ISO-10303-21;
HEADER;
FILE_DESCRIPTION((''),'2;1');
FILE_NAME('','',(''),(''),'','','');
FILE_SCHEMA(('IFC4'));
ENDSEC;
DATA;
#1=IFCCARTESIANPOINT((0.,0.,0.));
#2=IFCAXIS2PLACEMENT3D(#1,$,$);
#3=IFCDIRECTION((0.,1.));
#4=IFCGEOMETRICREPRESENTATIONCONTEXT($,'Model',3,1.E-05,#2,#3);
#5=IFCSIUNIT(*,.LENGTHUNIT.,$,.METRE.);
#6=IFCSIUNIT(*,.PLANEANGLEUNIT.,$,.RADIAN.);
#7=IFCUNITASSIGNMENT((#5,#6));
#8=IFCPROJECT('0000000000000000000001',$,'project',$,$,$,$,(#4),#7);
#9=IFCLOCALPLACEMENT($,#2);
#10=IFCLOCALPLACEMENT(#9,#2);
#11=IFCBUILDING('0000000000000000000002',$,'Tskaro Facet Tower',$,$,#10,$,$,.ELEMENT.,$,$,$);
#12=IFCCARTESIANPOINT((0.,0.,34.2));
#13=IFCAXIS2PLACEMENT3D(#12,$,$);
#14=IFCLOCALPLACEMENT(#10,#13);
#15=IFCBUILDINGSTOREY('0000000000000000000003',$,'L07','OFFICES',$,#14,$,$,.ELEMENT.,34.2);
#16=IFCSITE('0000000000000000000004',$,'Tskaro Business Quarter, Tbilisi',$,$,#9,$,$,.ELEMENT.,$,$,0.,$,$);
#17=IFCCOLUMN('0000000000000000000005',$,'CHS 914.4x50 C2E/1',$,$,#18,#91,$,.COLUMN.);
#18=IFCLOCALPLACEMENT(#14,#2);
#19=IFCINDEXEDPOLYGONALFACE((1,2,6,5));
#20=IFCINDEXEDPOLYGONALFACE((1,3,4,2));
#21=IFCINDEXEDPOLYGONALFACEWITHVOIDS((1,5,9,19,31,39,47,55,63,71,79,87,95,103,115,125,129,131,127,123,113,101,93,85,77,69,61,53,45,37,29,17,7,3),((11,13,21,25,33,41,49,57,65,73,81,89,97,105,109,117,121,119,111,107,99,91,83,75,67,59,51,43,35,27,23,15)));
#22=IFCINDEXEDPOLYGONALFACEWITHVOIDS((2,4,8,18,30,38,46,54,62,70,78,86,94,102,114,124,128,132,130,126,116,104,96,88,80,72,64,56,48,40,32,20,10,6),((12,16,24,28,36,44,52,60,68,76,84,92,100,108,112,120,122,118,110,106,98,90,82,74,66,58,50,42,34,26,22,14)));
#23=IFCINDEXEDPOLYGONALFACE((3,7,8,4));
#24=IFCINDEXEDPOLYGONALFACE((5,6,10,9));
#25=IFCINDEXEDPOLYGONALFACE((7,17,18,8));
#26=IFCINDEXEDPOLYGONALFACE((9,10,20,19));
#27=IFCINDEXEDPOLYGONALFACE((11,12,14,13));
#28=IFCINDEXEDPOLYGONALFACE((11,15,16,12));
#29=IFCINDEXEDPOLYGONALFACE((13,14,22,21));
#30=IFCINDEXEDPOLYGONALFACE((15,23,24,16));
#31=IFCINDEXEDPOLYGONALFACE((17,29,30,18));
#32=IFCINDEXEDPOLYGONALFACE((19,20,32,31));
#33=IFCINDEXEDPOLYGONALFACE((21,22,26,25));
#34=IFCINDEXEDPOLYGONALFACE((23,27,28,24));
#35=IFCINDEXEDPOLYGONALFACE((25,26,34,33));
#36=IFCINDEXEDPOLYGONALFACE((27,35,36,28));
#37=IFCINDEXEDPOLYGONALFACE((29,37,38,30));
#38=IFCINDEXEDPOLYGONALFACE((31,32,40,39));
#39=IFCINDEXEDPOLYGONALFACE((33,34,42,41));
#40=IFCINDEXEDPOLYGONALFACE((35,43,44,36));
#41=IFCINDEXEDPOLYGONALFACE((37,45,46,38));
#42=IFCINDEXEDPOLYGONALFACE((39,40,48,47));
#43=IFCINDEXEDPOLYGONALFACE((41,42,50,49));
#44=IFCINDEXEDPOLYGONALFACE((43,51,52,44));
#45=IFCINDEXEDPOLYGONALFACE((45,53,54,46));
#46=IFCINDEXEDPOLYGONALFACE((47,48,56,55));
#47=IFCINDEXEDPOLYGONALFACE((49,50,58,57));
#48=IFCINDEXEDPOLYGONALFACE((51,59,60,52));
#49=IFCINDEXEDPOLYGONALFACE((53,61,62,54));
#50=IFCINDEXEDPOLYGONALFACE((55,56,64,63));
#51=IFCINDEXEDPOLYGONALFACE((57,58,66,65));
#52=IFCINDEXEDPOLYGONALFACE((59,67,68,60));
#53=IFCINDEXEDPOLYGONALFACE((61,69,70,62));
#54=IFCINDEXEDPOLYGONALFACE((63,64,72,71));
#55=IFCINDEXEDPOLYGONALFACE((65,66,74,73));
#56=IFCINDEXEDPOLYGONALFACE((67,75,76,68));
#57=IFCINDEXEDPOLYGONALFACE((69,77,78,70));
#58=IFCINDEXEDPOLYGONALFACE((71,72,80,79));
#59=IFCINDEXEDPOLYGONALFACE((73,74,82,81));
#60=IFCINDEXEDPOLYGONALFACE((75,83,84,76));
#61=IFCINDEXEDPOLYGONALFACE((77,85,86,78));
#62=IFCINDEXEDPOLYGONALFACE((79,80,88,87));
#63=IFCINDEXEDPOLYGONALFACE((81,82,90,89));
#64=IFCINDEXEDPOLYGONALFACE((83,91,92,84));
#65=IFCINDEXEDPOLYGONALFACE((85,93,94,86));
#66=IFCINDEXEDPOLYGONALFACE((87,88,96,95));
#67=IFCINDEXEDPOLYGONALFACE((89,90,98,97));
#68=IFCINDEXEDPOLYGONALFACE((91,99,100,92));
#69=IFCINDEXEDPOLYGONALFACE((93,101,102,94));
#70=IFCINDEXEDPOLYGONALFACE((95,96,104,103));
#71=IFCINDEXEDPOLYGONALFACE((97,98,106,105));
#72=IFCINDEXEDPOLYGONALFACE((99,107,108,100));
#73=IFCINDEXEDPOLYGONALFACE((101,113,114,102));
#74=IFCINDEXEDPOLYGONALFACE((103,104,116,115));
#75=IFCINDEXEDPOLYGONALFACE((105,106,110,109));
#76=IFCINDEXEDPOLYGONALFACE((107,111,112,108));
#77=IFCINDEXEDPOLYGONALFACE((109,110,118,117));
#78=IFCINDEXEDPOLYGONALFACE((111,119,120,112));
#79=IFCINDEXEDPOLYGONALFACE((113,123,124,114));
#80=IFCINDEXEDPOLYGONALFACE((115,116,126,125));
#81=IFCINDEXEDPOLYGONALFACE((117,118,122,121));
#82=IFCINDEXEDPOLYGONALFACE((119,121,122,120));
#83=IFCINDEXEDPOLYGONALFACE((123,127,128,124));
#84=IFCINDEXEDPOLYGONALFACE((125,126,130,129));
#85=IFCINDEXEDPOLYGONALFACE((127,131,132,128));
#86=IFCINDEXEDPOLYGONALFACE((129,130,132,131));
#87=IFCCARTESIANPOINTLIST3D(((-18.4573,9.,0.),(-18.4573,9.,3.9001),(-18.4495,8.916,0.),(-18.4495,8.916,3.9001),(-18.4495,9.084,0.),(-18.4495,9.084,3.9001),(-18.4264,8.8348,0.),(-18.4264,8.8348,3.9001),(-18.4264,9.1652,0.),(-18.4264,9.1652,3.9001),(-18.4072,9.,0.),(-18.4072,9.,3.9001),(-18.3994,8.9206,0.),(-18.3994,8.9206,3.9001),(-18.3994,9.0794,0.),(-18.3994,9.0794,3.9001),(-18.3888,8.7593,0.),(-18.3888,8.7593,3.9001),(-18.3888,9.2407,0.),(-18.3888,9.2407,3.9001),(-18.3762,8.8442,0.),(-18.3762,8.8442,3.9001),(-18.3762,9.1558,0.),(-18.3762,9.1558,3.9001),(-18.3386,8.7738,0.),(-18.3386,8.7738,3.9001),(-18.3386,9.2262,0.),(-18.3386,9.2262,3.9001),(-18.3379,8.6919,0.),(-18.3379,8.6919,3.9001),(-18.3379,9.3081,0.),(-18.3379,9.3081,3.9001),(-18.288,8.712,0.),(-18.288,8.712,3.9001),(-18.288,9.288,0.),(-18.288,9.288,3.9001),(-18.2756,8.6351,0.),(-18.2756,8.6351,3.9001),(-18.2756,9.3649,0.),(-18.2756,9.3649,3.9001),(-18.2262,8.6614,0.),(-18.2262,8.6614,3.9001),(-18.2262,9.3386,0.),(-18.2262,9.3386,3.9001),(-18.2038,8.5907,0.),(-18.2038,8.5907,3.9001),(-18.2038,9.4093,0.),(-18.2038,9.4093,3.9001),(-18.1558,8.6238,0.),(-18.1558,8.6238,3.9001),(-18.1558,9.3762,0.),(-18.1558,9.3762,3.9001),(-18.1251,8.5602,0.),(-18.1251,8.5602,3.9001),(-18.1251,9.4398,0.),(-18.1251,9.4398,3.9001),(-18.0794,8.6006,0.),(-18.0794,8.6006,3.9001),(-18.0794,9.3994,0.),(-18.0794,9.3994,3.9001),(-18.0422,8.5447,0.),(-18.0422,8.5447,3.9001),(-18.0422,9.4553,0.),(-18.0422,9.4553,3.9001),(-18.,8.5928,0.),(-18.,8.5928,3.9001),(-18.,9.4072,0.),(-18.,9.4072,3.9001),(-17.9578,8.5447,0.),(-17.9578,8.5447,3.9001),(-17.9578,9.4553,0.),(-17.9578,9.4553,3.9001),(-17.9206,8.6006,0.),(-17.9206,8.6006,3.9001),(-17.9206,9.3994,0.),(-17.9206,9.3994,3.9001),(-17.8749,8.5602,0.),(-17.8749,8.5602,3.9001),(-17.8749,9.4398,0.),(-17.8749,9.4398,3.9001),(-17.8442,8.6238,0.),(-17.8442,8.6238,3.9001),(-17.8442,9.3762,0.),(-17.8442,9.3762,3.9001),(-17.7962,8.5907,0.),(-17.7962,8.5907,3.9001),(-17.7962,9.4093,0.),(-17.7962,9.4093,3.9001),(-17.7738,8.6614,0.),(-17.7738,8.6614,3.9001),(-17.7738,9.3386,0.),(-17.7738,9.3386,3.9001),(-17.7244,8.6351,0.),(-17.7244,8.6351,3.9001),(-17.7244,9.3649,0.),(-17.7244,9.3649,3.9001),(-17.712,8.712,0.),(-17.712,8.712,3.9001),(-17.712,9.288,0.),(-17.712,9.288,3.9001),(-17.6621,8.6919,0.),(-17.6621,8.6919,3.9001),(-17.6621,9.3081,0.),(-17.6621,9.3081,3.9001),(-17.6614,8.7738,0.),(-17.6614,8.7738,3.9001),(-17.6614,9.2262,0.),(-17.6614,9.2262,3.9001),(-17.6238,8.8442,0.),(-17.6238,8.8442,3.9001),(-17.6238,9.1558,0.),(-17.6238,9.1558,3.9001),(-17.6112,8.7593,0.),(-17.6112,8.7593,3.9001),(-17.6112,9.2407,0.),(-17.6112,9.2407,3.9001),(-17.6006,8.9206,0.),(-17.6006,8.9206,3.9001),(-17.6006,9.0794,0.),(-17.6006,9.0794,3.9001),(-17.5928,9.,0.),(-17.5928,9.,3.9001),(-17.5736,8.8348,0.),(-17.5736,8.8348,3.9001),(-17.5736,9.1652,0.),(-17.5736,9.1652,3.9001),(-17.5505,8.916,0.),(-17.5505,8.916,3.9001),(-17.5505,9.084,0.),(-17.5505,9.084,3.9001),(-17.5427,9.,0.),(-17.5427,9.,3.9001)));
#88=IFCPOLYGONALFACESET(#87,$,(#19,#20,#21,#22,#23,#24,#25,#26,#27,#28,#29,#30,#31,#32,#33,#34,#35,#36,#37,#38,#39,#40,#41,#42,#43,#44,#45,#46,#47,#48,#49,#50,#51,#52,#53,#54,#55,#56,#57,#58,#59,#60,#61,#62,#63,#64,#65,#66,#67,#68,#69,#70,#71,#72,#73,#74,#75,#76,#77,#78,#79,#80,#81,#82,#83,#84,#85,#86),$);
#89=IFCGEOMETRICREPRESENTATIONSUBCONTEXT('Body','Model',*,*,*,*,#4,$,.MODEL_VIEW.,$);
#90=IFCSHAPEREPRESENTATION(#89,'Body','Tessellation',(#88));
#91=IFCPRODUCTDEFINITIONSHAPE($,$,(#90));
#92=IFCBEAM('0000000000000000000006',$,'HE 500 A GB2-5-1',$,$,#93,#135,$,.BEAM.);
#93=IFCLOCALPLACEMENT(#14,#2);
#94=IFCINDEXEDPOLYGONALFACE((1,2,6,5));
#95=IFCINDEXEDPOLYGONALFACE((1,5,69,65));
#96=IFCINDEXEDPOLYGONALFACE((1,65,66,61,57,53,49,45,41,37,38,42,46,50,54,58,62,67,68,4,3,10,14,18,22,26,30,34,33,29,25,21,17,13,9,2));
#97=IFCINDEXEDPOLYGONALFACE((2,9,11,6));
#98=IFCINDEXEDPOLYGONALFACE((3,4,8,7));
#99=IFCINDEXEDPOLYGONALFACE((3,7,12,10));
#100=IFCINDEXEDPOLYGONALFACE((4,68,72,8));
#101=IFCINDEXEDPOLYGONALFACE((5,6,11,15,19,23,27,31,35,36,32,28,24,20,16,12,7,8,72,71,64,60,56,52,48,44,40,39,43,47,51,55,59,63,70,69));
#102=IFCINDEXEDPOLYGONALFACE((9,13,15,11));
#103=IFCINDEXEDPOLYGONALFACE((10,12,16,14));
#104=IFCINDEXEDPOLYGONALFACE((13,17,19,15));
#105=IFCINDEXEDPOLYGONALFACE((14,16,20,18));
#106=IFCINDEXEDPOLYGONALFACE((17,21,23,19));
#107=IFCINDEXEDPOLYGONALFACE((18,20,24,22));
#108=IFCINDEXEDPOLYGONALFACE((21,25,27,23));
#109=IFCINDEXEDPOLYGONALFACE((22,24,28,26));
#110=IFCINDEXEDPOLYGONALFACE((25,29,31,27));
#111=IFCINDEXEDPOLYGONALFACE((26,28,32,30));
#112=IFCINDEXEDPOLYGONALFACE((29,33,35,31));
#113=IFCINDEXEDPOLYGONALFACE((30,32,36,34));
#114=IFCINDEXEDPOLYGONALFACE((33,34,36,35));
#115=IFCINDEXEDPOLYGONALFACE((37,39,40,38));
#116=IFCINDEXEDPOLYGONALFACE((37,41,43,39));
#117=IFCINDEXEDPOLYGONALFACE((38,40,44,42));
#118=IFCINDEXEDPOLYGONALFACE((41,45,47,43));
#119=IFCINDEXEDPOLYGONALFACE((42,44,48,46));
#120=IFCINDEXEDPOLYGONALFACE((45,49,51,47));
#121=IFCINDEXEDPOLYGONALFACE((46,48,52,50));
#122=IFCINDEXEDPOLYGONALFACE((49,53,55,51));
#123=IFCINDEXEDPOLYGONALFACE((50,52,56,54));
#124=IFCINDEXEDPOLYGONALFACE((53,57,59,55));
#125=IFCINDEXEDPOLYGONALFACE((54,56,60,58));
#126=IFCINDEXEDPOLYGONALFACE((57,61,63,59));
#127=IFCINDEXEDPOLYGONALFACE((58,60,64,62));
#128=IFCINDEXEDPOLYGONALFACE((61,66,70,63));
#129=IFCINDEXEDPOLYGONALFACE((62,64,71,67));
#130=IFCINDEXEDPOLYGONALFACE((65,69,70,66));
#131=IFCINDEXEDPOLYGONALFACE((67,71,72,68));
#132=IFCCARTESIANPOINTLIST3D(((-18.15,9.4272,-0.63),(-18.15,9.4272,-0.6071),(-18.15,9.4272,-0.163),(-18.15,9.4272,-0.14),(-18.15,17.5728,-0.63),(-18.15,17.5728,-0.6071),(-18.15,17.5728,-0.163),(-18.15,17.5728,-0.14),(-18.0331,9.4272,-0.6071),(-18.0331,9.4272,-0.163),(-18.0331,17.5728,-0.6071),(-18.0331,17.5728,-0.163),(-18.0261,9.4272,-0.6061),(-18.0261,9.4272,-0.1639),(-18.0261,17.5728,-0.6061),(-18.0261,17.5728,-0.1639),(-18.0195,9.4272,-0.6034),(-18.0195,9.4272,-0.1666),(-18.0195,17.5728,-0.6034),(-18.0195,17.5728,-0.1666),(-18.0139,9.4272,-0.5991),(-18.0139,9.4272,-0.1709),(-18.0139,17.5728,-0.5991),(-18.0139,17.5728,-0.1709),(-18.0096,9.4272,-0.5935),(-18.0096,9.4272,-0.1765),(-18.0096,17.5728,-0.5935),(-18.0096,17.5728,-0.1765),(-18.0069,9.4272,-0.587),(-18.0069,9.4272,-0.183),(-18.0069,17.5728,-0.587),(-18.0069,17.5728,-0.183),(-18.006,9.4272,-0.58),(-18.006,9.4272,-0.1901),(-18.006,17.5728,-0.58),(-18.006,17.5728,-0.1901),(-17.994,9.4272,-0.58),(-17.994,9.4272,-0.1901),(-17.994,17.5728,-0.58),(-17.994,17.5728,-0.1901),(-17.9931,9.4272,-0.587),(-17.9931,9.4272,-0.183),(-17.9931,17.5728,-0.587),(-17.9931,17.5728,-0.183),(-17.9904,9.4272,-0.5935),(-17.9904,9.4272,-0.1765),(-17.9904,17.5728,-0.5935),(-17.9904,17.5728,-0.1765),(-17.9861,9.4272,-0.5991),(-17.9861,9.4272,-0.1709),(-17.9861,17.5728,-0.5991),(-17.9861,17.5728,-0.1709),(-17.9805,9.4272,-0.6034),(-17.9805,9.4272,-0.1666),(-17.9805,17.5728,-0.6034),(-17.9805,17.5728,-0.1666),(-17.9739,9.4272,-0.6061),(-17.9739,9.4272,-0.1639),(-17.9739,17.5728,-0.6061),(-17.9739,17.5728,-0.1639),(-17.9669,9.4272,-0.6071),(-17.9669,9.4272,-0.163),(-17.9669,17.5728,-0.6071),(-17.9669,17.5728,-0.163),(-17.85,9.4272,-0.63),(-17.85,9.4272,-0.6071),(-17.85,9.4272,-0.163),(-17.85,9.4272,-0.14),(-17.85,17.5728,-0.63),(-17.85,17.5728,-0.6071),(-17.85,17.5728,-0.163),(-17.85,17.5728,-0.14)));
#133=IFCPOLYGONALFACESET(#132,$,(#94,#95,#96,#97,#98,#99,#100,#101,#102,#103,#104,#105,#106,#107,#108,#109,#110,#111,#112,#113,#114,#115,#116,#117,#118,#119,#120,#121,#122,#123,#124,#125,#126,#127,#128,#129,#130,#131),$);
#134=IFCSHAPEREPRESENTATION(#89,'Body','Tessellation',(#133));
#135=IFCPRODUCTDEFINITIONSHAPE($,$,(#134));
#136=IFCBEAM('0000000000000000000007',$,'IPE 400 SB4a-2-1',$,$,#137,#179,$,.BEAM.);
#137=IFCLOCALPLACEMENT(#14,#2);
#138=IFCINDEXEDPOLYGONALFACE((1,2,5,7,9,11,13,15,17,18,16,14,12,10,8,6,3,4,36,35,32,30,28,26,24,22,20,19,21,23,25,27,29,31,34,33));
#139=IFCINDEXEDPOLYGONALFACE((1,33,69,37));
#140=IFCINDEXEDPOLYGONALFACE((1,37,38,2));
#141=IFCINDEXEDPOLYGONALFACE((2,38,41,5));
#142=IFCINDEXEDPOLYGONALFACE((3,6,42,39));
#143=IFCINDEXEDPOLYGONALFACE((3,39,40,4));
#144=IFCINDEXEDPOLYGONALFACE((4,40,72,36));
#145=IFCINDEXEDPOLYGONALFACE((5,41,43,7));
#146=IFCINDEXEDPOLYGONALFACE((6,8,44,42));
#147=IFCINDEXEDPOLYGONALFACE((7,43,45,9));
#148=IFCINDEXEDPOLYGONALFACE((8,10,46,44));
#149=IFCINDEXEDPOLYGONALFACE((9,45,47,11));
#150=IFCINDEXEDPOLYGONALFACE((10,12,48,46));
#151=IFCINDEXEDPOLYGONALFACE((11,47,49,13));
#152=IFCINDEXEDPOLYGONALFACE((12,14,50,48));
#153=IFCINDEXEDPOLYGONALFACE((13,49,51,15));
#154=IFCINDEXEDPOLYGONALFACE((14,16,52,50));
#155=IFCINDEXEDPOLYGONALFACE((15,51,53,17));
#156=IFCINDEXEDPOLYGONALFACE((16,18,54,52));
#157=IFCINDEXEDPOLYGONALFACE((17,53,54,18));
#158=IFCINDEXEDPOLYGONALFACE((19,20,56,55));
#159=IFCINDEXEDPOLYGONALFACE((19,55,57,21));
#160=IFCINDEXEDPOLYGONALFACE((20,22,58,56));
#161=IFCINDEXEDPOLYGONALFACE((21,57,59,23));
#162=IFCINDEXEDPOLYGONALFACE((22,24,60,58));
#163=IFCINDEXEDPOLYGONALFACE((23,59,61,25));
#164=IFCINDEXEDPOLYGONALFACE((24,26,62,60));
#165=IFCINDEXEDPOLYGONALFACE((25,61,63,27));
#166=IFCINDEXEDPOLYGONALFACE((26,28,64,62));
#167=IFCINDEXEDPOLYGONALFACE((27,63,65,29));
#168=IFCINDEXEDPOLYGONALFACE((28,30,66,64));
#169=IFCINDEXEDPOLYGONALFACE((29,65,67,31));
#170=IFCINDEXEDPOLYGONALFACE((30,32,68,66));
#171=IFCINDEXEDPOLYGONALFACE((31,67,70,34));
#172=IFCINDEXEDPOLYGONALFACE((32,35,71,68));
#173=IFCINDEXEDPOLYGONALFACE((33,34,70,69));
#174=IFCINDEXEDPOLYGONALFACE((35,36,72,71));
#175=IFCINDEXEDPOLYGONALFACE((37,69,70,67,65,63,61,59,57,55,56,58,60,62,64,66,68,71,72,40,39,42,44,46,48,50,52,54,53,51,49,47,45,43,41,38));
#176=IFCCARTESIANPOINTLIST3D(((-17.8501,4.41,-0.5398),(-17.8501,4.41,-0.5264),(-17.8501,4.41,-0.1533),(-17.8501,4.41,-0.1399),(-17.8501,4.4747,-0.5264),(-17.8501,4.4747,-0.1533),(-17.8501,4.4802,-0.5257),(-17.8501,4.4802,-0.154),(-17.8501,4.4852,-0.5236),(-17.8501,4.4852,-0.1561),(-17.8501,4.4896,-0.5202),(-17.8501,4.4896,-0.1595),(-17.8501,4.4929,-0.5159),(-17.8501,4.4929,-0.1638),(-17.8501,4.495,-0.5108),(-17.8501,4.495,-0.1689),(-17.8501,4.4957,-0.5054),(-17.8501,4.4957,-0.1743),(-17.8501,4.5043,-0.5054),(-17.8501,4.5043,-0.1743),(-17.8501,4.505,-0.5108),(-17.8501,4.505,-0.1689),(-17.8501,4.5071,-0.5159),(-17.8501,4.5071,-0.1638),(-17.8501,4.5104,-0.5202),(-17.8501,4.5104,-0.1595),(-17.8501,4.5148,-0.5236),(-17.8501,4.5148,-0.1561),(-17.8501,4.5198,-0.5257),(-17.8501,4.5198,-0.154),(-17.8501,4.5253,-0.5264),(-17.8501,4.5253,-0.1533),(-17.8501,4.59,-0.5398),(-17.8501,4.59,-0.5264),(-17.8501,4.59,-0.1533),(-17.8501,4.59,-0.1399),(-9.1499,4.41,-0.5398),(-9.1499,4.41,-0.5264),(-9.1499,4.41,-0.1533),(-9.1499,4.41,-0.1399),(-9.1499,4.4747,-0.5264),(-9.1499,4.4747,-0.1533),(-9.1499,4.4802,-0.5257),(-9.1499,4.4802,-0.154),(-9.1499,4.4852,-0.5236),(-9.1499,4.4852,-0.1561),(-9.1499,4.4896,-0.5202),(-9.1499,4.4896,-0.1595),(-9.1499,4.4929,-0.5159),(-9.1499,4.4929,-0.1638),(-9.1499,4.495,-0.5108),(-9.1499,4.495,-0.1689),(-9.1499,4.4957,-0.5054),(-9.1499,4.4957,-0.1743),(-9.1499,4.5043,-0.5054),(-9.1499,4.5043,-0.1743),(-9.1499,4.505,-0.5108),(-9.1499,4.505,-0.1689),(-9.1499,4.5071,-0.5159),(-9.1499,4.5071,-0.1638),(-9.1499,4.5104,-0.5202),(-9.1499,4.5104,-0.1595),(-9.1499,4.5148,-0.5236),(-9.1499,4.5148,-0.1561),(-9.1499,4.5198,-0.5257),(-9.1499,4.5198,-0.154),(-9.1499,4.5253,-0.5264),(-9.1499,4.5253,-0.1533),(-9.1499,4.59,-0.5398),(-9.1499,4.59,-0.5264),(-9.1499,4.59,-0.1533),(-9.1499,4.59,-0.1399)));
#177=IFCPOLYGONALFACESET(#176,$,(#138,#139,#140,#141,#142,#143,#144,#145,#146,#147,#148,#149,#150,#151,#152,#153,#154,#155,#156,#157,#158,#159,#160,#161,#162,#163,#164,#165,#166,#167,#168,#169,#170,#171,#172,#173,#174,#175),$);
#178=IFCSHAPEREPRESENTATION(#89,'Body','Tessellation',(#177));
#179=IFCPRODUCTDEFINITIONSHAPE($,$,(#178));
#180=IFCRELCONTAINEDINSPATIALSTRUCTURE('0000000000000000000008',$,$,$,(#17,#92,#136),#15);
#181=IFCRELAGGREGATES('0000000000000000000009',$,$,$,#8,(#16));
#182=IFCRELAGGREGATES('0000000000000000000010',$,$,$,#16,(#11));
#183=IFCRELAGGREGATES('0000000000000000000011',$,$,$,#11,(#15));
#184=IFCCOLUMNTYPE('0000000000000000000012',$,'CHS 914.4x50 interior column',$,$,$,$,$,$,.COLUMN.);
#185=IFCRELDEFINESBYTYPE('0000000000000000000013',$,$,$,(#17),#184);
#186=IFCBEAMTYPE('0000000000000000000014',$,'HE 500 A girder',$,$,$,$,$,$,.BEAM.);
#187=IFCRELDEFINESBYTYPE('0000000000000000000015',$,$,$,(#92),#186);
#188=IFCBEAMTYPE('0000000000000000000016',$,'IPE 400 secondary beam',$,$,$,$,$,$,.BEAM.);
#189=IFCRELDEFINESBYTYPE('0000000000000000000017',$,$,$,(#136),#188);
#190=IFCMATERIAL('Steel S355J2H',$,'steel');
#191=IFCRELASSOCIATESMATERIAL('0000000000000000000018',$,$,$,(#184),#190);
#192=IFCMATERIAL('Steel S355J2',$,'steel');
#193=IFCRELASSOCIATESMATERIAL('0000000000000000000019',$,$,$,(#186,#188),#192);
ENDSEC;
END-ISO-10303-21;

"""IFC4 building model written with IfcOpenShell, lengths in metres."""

from ifc_helpers import new_model, si_unit, direction, frame, origin, origin_2d, place, context, subcontext, project, spatial, hollow_circle, i_section, extrude, material, material_profile, profile_set, type_object, element, save


model = new_model("IFC4")

# Units and contexts
model_context = context("Model", 3, precision=1e-05, world=origin(), true_north=direction((0.0, 1.0)))
body_context = subcontext(model_context, "Body", "Model", "MODEL_VIEW")
ifc_project = project(units=[si_unit("LENGTHUNIT", "METRE"), si_unit("PLANEANGLEUNIT", "RADIAN")], contexts=[model_context])

# Site, building, storey
site_placement = place(None, origin())
site = spatial("IfcSite", under=ifc_project, at=site_placement, Name="Tskaro Business Quarter, Tbilisi", CompositionType="ELEMENT", RefElevation=0.0)
building_placement = place(site_placement, origin())
building = spatial("IfcBuilding", under=site, at=building_placement, Name="Tskaro Facet Tower", CompositionType="ELEMENT")
storey_placement = place(building_placement, frame((0.0, 0.0, 34.2)))
storey = spatial("IfcBuildingStorey", under=building, at=storey_placement, Name="L07", Description="OFFICES", CompositionType="ELEMENT", Elevation=34.2)

# Column
ifc_material_1 = material(Name="Steel S355J2H", Category="steel")
ifc_material_profile_1 = material_profile(ifc_material_1, hollow_circle(Radius=0.4573, WallThickness=0.05, at=origin_2d()), Name="CHS 914.4x50")
ifc_profile_set_1 = profile_set([ifc_material_profile_1], Name="Steel S355J2H")
column_type = type_object("IfcColumnType", Name="CHS 914.4x50 interior column", PredefinedType="COLUMN", material=ifc_profile_set_1)
column_placement = place(storey_placement, frame((-18.0, 9.0, 0.0), z_axis=(0.0, 0.0, 1.0), x_axis=(1.0, 0.0, 0.0)))
element("IfcColumn", 1, at=column_placement, inside=storey, type_object=column_type, Name="CHS 914.4x50 C2E/1", PredefinedType="COLUMN", context=body_context, shape_type="SweptSolid", body=[
    extrude(hollow_circle(Radius=0.4573, WallThickness=0.05, at=origin_2d()), origin(), (0.0, 0.0, 1.0), 3.9001),
])

# Beams
ifc_material_2 = material(Name="Steel S355J2", Category="steel")
ifc_material_profile_2 = material_profile(ifc_material_2, i_section(OverallWidth=0.3, OverallDepth=0.49, WebThickness=0.012, FlangeThickness=0.0229, FilletRadius=0.0271, at=origin_2d()), Name="HE 500 A")
ifc_profile_set_2 = profile_set([ifc_material_profile_2], Name="Steel S355J2")
beam_type_1 = type_object("IfcBeamType", Name="HE 500 A girder", PredefinedType="BEAM", material=ifc_profile_set_2)
beam_placement = place(storey_placement, frame((-18.0, 9.4272, -0.385), z_axis=(0.0, 1.0, 0.0), x_axis=(-1.0, 0.0, 0.0)))
element("IfcBeam", 2, at=beam_placement, inside=storey, type_object=beam_type_1, Name="HE 500 A GB2-5-1", PredefinedType="BEAM", context=body_context, shape_type="SweptSolid", body=[
    extrude(i_section(OverallWidth=0.3, OverallDepth=0.49, WebThickness=0.012, FlangeThickness=0.0229, FilletRadius=0.0271, at=origin_2d()), origin(), (0.0, 0.0, 1.0), 8.1455),
])
ifc_material_profile_3 = material_profile(ifc_material_2, i_section(OverallWidth=0.1799, OverallDepth=0.3999, WebThickness=0.0085, FlangeThickness=0.0134, FilletRadius=0.021, at=origin_2d()), Name="IPE 400")
ifc_profile_set_3 = profile_set([ifc_material_profile_3], Name="Steel S355J2")
beam_type_2 = type_object("IfcBeamType", Name="IPE 400 secondary beam", PredefinedType="BEAM", material=ifc_profile_set_3)
for number, where, z_axis, x_axis, name in (
    (3, (-17.8501, 4.5, -0.3398), (1.0, 0.0, 0.0), (0.0, 1.0, 0.0), "IPE 400 SB4a-2-1"),
):
    element("IfcBeam", number, at=place(storey_placement, frame(where, z_axis=z_axis, x_axis=x_axis)), inside=storey, type_object=beam_type_2, Name=name, PredefinedType="BEAM", context=body_context, shape_type="SweptSolid", body=[
        extrude(i_section(OverallWidth=0.1799, OverallDepth=0.3999, WebThickness=0.0085, FlangeThickness=0.0134, FilletRadius=0.021, at=origin_2d()), origin(), (0.0, 0.0, 1.0), 8.7002),
    ])

save(model, "model.ifc")
